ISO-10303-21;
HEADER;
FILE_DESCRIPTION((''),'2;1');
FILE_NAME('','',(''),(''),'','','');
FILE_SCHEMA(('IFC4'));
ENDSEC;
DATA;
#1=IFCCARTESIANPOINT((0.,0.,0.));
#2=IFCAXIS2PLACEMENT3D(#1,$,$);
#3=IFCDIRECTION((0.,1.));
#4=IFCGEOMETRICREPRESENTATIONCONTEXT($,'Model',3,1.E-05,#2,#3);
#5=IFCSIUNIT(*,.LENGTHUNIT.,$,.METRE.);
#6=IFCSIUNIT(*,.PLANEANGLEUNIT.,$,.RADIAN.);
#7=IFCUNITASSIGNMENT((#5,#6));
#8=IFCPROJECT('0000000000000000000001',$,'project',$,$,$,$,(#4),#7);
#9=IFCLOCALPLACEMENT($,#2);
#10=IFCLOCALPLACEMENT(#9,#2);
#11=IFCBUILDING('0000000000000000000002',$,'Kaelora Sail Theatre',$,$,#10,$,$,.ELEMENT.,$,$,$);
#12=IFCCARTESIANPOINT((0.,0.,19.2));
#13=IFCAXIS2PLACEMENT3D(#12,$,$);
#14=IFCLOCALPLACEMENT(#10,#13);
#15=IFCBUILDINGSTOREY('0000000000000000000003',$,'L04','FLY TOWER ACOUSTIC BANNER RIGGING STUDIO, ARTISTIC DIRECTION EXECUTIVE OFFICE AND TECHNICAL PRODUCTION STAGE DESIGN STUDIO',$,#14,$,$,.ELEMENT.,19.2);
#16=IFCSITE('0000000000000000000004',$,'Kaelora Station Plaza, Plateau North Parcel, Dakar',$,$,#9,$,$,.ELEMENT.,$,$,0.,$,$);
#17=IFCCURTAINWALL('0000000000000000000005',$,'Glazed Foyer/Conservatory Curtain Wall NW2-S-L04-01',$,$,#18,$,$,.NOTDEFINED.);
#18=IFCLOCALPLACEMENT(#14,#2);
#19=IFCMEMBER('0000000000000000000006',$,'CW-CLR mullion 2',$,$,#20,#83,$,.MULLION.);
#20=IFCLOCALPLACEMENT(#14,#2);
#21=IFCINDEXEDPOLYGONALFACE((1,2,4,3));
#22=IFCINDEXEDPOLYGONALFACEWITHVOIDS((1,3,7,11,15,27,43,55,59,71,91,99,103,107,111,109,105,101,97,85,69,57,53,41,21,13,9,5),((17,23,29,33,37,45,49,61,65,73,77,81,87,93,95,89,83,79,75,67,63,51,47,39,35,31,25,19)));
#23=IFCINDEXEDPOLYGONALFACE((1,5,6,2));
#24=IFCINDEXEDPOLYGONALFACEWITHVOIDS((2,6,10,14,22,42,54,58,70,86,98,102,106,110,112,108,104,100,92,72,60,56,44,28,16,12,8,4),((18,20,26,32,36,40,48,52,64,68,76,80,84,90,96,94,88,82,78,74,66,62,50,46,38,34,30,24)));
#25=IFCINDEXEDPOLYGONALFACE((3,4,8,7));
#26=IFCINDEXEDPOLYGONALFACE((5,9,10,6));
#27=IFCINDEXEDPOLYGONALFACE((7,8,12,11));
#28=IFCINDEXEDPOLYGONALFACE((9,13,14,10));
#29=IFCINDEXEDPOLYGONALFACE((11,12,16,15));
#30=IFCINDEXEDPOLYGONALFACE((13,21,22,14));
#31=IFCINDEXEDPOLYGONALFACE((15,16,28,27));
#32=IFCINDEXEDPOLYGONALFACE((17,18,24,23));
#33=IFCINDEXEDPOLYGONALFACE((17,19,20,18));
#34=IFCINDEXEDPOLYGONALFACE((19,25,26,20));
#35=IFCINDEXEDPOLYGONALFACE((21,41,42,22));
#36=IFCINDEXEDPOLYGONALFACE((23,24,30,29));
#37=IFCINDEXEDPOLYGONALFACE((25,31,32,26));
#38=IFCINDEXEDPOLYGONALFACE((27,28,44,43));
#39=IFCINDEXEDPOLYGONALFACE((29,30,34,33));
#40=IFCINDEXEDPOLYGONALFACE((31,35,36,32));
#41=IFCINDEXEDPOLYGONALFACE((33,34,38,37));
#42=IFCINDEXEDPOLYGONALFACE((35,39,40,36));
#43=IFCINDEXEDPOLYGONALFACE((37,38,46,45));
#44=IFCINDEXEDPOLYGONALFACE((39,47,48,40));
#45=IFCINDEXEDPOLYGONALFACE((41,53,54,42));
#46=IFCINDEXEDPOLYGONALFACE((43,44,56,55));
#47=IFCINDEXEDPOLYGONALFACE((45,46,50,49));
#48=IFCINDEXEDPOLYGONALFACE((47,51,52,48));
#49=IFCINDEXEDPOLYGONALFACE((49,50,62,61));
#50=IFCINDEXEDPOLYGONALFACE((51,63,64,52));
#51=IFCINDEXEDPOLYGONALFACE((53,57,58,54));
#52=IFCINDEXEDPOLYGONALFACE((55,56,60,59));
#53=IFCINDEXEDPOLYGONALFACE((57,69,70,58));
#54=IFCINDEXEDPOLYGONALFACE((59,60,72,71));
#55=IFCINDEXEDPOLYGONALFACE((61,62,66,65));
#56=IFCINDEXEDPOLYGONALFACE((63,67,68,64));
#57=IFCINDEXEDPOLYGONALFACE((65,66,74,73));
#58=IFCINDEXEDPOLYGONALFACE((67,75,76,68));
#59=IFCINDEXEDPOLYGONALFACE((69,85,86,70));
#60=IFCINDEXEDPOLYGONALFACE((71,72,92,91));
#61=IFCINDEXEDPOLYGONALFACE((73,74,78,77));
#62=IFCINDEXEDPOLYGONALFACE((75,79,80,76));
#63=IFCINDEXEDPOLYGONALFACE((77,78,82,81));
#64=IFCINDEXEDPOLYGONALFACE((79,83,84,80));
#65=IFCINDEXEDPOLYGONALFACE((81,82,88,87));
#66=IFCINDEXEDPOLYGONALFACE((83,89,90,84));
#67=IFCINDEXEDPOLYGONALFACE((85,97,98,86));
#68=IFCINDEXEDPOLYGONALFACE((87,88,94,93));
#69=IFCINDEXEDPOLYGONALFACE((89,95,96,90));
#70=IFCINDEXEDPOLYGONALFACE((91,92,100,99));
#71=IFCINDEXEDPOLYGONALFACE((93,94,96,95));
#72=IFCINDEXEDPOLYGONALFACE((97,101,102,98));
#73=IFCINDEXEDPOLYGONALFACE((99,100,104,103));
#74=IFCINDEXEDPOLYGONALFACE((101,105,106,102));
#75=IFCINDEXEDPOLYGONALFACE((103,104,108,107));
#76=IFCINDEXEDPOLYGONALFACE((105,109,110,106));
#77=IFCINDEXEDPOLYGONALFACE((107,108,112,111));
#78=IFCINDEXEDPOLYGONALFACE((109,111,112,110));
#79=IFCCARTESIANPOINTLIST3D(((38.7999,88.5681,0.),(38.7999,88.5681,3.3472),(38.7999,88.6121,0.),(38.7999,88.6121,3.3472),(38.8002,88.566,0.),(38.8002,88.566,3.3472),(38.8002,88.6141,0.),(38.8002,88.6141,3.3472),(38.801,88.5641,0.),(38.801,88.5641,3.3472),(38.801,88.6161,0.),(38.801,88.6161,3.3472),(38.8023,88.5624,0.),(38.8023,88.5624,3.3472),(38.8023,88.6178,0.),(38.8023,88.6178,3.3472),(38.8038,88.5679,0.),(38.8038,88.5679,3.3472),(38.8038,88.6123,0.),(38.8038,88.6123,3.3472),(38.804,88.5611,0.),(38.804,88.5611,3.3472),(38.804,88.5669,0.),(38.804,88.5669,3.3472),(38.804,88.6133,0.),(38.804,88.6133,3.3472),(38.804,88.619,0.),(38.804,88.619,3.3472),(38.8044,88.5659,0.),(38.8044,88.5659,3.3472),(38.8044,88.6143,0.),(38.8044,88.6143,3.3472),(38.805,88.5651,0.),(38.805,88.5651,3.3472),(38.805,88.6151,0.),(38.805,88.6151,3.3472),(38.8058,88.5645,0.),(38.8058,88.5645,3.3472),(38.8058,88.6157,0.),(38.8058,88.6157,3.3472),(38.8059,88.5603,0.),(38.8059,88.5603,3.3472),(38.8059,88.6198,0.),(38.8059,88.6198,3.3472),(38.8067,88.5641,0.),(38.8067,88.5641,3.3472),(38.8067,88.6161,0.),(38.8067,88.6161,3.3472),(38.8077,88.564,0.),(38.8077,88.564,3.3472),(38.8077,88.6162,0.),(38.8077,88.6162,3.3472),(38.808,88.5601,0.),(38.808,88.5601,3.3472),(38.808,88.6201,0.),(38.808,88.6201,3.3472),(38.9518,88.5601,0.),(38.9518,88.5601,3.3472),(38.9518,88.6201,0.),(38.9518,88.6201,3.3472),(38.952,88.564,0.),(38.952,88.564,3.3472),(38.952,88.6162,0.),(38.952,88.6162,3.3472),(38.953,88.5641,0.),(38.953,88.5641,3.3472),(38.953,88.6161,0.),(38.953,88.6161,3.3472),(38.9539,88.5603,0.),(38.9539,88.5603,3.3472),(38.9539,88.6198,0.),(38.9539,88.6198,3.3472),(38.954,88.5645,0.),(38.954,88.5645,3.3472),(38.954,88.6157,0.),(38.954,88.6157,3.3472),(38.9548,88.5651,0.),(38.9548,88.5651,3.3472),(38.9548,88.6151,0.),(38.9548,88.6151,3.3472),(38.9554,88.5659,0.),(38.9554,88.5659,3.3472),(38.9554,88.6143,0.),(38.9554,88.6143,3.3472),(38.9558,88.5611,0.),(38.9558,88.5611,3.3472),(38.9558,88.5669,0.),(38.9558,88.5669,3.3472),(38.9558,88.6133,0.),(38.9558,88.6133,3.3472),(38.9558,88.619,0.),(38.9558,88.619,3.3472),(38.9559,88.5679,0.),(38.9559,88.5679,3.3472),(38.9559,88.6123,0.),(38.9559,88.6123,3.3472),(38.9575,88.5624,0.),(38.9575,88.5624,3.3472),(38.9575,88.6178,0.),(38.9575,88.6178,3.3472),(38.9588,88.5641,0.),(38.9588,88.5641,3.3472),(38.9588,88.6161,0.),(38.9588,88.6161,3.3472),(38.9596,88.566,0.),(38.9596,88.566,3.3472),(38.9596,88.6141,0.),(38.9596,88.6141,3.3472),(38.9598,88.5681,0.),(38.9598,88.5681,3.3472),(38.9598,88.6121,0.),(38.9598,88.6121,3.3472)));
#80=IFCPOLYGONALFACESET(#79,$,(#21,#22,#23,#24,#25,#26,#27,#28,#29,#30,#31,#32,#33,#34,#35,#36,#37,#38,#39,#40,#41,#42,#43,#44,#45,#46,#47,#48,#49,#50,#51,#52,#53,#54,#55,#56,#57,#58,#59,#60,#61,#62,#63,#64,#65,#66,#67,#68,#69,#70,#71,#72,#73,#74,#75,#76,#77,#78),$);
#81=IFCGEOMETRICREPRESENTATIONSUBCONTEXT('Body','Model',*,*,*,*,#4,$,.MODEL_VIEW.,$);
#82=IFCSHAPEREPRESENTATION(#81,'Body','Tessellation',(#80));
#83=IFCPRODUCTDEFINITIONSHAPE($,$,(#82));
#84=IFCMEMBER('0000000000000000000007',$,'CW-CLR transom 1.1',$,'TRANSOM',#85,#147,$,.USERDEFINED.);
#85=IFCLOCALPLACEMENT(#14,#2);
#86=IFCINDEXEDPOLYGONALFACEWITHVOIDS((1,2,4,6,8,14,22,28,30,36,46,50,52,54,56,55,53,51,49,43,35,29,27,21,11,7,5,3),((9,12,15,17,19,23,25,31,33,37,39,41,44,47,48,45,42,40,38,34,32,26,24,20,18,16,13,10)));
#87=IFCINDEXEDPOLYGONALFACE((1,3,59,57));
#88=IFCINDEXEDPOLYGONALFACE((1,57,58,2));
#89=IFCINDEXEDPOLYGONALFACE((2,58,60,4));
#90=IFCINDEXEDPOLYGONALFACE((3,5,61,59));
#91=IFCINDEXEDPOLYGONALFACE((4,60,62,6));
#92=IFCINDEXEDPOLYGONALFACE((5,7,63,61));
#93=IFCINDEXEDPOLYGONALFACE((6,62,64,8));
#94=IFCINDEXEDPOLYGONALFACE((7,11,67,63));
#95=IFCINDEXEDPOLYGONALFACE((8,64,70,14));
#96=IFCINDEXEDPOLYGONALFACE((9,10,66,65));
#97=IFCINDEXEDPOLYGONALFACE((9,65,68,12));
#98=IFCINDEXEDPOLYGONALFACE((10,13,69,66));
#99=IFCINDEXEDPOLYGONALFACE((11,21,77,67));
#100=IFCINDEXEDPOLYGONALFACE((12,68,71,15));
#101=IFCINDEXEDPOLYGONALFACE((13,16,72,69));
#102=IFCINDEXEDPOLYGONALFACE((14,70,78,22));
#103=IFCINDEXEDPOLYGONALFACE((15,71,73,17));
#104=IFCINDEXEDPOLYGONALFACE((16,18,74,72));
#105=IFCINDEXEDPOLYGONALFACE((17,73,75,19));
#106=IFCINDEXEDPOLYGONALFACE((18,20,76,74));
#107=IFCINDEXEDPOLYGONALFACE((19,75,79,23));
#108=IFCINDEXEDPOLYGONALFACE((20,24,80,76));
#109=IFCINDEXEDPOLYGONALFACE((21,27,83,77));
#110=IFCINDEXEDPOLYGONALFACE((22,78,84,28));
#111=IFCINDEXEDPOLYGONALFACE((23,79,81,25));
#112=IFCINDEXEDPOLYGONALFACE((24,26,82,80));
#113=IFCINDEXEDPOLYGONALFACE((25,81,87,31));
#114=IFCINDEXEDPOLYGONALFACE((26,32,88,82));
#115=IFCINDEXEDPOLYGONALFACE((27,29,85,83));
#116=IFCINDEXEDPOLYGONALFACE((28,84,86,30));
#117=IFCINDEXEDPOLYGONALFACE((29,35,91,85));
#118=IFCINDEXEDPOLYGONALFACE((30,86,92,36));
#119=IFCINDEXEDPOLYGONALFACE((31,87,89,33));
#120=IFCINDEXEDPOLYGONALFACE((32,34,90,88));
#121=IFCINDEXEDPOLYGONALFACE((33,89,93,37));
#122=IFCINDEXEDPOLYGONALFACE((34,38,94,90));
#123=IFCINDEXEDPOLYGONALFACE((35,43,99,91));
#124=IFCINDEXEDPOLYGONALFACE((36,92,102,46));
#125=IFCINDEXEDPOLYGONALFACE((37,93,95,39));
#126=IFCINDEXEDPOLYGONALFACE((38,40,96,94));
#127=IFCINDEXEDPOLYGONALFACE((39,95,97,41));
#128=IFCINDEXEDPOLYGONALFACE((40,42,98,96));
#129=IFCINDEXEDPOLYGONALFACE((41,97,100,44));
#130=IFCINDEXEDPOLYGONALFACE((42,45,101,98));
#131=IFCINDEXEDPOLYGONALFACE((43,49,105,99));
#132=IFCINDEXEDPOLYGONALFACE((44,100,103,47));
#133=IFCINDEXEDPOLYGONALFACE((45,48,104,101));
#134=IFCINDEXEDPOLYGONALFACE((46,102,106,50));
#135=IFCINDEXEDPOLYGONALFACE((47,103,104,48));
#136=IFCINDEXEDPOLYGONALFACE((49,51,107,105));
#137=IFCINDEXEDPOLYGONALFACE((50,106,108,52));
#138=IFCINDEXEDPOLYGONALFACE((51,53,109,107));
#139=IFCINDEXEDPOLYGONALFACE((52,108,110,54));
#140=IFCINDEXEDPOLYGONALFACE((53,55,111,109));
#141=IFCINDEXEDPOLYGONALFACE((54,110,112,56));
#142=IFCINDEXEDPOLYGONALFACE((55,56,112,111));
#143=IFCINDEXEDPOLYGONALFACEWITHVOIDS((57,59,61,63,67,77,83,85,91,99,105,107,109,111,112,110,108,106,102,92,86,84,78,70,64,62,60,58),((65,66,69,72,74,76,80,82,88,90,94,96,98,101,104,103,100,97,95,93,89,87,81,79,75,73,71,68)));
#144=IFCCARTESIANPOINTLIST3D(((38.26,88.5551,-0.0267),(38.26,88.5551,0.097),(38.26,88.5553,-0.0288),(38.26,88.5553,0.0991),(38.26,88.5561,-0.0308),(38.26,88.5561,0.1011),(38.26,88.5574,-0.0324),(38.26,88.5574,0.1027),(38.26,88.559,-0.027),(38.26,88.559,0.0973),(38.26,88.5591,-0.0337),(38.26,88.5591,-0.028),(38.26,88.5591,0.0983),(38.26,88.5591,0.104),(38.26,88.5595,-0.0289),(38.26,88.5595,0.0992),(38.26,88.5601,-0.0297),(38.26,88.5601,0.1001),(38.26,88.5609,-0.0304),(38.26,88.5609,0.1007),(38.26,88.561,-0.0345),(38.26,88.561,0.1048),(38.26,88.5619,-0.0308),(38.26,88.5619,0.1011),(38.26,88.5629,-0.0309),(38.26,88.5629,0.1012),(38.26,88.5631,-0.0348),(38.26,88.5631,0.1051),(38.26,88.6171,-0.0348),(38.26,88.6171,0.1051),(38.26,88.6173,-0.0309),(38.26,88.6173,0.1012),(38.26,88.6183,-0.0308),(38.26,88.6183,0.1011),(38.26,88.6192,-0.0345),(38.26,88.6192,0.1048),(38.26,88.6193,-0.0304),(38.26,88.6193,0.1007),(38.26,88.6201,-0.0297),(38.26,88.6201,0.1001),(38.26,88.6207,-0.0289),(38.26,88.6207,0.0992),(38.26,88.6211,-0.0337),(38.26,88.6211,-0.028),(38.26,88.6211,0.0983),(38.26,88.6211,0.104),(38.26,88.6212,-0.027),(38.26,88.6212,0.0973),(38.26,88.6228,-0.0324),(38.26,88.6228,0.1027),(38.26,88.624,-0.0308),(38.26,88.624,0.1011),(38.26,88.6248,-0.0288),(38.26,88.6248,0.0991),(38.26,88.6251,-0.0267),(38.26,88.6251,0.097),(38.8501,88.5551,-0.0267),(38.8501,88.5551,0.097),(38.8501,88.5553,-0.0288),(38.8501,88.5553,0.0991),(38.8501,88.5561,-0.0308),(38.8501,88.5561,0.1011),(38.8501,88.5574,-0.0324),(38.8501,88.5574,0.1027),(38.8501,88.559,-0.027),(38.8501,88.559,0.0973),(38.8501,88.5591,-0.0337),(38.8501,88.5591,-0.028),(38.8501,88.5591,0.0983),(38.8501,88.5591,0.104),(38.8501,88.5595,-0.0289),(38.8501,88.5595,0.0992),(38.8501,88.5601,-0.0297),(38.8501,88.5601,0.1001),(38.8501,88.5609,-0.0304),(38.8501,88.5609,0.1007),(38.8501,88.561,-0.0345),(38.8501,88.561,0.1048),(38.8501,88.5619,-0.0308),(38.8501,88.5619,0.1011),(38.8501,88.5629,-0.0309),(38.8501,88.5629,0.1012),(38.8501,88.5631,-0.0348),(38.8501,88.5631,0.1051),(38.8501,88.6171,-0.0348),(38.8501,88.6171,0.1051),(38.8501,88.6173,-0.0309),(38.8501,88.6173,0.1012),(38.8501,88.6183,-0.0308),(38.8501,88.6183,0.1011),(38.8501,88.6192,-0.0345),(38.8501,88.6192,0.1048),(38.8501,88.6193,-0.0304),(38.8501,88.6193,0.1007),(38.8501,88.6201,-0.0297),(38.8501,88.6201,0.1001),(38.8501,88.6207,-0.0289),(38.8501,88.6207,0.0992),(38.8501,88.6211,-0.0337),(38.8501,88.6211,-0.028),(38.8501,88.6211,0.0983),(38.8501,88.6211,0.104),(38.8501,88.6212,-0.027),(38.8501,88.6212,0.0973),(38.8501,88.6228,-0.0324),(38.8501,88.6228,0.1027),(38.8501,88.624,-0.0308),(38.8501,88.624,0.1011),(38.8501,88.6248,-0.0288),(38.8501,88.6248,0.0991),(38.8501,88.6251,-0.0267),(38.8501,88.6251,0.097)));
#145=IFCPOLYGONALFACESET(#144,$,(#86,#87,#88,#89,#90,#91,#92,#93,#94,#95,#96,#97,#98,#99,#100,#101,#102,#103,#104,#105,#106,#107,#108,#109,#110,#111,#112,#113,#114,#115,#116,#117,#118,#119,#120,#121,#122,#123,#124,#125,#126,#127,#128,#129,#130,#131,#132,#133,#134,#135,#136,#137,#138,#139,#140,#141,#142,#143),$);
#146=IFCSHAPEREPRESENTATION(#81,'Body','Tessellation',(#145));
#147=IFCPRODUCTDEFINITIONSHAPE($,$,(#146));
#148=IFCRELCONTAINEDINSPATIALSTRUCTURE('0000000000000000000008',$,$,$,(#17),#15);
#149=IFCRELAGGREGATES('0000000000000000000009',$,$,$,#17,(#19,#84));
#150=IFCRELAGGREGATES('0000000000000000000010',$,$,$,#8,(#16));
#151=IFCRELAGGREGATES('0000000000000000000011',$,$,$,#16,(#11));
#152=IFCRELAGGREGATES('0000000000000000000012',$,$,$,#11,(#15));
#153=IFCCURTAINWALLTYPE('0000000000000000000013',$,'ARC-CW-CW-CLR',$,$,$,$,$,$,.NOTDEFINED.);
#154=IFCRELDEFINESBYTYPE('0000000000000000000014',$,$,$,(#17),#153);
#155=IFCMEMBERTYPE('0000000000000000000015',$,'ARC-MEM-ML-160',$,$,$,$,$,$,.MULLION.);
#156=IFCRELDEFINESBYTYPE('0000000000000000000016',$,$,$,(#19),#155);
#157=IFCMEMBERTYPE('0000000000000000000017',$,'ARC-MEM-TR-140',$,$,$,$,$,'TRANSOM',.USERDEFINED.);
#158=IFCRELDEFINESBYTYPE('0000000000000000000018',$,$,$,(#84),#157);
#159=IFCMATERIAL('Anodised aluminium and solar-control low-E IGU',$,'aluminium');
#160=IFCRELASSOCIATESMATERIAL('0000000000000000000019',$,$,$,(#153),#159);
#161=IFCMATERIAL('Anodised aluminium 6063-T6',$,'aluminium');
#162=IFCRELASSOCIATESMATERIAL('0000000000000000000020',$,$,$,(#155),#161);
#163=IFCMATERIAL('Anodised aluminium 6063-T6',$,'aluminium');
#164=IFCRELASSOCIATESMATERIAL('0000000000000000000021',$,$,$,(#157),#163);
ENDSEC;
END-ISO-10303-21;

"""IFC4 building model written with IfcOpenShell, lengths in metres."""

from ifc_helpers import new_model, si_unit, direction, frame, origin, origin_2d, place, context, subcontext, project, spatial, hollow_rectangle, extrude, material, material_profile, profile_set, type_object, element, aggregate, save


model = new_model("IFC4")

# Units and contexts
model_context = context("Model", 3, precision=1e-05, world=origin(), true_north=direction((0.0, 1.0)))
body_context = subcontext(model_context, "Body", "Model", "MODEL_VIEW")
ifc_project = project(units=[si_unit("LENGTHUNIT", "METRE"), si_unit("PLANEANGLEUNIT", "RADIAN")], contexts=[model_context])

# Site, building, storey
site_placement = place(None, origin())
site = spatial("IfcSite", under=ifc_project, at=site_placement, Name="Kaelora Station Plaza, Plateau North Parcel, Dakar", CompositionType="ELEMENT", RefElevation=0.0)
building_placement = place(site_placement, origin())
building = spatial("IfcBuilding", under=site, at=building_placement, Name="Kaelora Sail Theatre", CompositionType="ELEMENT")
storey_placement = place(building_placement, frame((0.0, 0.0, 19.2)))
storey = spatial("IfcBuildingStorey", under=building, at=storey_placement, Name="L04", Description="FLY TOWER ACOUSTIC BANNER RIGGING STUDIO, ARTISTIC DIRECTION EXECUTIVE OFFICE AND TECHNICAL PRODUCTION STAGE DESIGN STUDIO", CompositionType="ELEMENT", Elevation=19.2)

# Curtain wall, members
ifc_material_1 = material(Name="Anodised aluminium and solar-control low-E IGU", Category="aluminium")
curtain_wall_type = type_object("IfcCurtainWallType", Name="ARC-CW-CW-CLR", PredefinedType="NOTDEFINED", material=ifc_material_1)
curtain_wall_placement = place(storey_placement, origin())
curtain_wall = element("IfcCurtainWall", 1, at=curtain_wall_placement, inside=storey, type_object=curtain_wall_type, Name="Glazed Foyer/Conservatory Curtain Wall NW2-S-L04-01", PredefinedType="NOTDEFINED")
ifc_material_2 = material(Name="Anodised aluminium 6063-T6", Category="aluminium")
ifc_material_profile_1 = material_profile(ifc_material_2, hollow_rectangle(XDim=0.0601, YDim=0.1599, WallThickness=0.0039, InnerFilletRadius=0.0039, OuterFilletRadius=0.0081, at=origin_2d()), Name="ALU-MULL 60x160x4")
ifc_profile_set_1 = profile_set([ifc_material_profile_1], Name="Anodised aluminium 6063-T6")
member_type_1 = type_object("IfcMemberType", Name="ARC-MEM-ML-160", PredefinedType="MULLION", material=ifc_profile_set_1)
member_1_placement = place(storey_placement, frame((38.8799, 88.5901, 0.0), z_axis=(0.0, 0.0, 1.0), x_axis=(0.0, 1.0, 0.0)))
member_1 = element("IfcMember", 2, at=member_1_placement, type_object=member_type_1, Name="CW-CLR mullion 2", PredefinedType="MULLION", context=body_context, shape_type="SweptSolid", body=[
    extrude(hollow_rectangle(XDim=0.0601, YDim=0.1599, WallThickness=0.0039, InnerFilletRadius=0.0039, OuterFilletRadius=0.0081, at=origin_2d()), origin(), (0.0, 0.0, 1.0), 3.3472),
])
ifc_material_3 = material(Name="Anodised aluminium 6063-T6", Category="aluminium")
ifc_material_profile_2 = material_profile(ifc_material_3, hollow_rectangle(XDim=0.0701, YDim=0.1399, WallThickness=0.0039, InnerFilletRadius=0.0039, OuterFilletRadius=0.0081, at=origin_2d()), Name="ALU-TRAN 70x140x4")
ifc_profile_set_2 = profile_set([ifc_material_profile_2], Name="Anodised aluminium 6063-T6")
member_type_2 = type_object("IfcMemberType", Name="ARC-MEM-TR-140", ElementType="TRANSOM", PredefinedType="USERDEFINED", material=ifc_profile_set_2)
member_2_placement = place(storey_placement, frame((38.26, 88.5901, 0.0352), z_axis=(1.0, 0.0, 0.0), x_axis=(0.0, 1.0, 0.0)))
member_2 = element("IfcMember", 3, at=member_2_placement, type_object=member_type_2, Name="CW-CLR transom 1.1", ObjectType="TRANSOM", PredefinedType="USERDEFINED", context=body_context, shape_type="SweptSolid", body=[
    extrude(hollow_rectangle(XDim=0.0701, YDim=0.1399, WallThickness=0.0039, InnerFilletRadius=0.0039, OuterFilletRadius=0.0081, at=origin_2d()), origin(), (0.0, 0.0, 1.0), 0.5901),
])

aggregate(curtain_wall, [member_1, member_2])

save(model, "model.ifc")
